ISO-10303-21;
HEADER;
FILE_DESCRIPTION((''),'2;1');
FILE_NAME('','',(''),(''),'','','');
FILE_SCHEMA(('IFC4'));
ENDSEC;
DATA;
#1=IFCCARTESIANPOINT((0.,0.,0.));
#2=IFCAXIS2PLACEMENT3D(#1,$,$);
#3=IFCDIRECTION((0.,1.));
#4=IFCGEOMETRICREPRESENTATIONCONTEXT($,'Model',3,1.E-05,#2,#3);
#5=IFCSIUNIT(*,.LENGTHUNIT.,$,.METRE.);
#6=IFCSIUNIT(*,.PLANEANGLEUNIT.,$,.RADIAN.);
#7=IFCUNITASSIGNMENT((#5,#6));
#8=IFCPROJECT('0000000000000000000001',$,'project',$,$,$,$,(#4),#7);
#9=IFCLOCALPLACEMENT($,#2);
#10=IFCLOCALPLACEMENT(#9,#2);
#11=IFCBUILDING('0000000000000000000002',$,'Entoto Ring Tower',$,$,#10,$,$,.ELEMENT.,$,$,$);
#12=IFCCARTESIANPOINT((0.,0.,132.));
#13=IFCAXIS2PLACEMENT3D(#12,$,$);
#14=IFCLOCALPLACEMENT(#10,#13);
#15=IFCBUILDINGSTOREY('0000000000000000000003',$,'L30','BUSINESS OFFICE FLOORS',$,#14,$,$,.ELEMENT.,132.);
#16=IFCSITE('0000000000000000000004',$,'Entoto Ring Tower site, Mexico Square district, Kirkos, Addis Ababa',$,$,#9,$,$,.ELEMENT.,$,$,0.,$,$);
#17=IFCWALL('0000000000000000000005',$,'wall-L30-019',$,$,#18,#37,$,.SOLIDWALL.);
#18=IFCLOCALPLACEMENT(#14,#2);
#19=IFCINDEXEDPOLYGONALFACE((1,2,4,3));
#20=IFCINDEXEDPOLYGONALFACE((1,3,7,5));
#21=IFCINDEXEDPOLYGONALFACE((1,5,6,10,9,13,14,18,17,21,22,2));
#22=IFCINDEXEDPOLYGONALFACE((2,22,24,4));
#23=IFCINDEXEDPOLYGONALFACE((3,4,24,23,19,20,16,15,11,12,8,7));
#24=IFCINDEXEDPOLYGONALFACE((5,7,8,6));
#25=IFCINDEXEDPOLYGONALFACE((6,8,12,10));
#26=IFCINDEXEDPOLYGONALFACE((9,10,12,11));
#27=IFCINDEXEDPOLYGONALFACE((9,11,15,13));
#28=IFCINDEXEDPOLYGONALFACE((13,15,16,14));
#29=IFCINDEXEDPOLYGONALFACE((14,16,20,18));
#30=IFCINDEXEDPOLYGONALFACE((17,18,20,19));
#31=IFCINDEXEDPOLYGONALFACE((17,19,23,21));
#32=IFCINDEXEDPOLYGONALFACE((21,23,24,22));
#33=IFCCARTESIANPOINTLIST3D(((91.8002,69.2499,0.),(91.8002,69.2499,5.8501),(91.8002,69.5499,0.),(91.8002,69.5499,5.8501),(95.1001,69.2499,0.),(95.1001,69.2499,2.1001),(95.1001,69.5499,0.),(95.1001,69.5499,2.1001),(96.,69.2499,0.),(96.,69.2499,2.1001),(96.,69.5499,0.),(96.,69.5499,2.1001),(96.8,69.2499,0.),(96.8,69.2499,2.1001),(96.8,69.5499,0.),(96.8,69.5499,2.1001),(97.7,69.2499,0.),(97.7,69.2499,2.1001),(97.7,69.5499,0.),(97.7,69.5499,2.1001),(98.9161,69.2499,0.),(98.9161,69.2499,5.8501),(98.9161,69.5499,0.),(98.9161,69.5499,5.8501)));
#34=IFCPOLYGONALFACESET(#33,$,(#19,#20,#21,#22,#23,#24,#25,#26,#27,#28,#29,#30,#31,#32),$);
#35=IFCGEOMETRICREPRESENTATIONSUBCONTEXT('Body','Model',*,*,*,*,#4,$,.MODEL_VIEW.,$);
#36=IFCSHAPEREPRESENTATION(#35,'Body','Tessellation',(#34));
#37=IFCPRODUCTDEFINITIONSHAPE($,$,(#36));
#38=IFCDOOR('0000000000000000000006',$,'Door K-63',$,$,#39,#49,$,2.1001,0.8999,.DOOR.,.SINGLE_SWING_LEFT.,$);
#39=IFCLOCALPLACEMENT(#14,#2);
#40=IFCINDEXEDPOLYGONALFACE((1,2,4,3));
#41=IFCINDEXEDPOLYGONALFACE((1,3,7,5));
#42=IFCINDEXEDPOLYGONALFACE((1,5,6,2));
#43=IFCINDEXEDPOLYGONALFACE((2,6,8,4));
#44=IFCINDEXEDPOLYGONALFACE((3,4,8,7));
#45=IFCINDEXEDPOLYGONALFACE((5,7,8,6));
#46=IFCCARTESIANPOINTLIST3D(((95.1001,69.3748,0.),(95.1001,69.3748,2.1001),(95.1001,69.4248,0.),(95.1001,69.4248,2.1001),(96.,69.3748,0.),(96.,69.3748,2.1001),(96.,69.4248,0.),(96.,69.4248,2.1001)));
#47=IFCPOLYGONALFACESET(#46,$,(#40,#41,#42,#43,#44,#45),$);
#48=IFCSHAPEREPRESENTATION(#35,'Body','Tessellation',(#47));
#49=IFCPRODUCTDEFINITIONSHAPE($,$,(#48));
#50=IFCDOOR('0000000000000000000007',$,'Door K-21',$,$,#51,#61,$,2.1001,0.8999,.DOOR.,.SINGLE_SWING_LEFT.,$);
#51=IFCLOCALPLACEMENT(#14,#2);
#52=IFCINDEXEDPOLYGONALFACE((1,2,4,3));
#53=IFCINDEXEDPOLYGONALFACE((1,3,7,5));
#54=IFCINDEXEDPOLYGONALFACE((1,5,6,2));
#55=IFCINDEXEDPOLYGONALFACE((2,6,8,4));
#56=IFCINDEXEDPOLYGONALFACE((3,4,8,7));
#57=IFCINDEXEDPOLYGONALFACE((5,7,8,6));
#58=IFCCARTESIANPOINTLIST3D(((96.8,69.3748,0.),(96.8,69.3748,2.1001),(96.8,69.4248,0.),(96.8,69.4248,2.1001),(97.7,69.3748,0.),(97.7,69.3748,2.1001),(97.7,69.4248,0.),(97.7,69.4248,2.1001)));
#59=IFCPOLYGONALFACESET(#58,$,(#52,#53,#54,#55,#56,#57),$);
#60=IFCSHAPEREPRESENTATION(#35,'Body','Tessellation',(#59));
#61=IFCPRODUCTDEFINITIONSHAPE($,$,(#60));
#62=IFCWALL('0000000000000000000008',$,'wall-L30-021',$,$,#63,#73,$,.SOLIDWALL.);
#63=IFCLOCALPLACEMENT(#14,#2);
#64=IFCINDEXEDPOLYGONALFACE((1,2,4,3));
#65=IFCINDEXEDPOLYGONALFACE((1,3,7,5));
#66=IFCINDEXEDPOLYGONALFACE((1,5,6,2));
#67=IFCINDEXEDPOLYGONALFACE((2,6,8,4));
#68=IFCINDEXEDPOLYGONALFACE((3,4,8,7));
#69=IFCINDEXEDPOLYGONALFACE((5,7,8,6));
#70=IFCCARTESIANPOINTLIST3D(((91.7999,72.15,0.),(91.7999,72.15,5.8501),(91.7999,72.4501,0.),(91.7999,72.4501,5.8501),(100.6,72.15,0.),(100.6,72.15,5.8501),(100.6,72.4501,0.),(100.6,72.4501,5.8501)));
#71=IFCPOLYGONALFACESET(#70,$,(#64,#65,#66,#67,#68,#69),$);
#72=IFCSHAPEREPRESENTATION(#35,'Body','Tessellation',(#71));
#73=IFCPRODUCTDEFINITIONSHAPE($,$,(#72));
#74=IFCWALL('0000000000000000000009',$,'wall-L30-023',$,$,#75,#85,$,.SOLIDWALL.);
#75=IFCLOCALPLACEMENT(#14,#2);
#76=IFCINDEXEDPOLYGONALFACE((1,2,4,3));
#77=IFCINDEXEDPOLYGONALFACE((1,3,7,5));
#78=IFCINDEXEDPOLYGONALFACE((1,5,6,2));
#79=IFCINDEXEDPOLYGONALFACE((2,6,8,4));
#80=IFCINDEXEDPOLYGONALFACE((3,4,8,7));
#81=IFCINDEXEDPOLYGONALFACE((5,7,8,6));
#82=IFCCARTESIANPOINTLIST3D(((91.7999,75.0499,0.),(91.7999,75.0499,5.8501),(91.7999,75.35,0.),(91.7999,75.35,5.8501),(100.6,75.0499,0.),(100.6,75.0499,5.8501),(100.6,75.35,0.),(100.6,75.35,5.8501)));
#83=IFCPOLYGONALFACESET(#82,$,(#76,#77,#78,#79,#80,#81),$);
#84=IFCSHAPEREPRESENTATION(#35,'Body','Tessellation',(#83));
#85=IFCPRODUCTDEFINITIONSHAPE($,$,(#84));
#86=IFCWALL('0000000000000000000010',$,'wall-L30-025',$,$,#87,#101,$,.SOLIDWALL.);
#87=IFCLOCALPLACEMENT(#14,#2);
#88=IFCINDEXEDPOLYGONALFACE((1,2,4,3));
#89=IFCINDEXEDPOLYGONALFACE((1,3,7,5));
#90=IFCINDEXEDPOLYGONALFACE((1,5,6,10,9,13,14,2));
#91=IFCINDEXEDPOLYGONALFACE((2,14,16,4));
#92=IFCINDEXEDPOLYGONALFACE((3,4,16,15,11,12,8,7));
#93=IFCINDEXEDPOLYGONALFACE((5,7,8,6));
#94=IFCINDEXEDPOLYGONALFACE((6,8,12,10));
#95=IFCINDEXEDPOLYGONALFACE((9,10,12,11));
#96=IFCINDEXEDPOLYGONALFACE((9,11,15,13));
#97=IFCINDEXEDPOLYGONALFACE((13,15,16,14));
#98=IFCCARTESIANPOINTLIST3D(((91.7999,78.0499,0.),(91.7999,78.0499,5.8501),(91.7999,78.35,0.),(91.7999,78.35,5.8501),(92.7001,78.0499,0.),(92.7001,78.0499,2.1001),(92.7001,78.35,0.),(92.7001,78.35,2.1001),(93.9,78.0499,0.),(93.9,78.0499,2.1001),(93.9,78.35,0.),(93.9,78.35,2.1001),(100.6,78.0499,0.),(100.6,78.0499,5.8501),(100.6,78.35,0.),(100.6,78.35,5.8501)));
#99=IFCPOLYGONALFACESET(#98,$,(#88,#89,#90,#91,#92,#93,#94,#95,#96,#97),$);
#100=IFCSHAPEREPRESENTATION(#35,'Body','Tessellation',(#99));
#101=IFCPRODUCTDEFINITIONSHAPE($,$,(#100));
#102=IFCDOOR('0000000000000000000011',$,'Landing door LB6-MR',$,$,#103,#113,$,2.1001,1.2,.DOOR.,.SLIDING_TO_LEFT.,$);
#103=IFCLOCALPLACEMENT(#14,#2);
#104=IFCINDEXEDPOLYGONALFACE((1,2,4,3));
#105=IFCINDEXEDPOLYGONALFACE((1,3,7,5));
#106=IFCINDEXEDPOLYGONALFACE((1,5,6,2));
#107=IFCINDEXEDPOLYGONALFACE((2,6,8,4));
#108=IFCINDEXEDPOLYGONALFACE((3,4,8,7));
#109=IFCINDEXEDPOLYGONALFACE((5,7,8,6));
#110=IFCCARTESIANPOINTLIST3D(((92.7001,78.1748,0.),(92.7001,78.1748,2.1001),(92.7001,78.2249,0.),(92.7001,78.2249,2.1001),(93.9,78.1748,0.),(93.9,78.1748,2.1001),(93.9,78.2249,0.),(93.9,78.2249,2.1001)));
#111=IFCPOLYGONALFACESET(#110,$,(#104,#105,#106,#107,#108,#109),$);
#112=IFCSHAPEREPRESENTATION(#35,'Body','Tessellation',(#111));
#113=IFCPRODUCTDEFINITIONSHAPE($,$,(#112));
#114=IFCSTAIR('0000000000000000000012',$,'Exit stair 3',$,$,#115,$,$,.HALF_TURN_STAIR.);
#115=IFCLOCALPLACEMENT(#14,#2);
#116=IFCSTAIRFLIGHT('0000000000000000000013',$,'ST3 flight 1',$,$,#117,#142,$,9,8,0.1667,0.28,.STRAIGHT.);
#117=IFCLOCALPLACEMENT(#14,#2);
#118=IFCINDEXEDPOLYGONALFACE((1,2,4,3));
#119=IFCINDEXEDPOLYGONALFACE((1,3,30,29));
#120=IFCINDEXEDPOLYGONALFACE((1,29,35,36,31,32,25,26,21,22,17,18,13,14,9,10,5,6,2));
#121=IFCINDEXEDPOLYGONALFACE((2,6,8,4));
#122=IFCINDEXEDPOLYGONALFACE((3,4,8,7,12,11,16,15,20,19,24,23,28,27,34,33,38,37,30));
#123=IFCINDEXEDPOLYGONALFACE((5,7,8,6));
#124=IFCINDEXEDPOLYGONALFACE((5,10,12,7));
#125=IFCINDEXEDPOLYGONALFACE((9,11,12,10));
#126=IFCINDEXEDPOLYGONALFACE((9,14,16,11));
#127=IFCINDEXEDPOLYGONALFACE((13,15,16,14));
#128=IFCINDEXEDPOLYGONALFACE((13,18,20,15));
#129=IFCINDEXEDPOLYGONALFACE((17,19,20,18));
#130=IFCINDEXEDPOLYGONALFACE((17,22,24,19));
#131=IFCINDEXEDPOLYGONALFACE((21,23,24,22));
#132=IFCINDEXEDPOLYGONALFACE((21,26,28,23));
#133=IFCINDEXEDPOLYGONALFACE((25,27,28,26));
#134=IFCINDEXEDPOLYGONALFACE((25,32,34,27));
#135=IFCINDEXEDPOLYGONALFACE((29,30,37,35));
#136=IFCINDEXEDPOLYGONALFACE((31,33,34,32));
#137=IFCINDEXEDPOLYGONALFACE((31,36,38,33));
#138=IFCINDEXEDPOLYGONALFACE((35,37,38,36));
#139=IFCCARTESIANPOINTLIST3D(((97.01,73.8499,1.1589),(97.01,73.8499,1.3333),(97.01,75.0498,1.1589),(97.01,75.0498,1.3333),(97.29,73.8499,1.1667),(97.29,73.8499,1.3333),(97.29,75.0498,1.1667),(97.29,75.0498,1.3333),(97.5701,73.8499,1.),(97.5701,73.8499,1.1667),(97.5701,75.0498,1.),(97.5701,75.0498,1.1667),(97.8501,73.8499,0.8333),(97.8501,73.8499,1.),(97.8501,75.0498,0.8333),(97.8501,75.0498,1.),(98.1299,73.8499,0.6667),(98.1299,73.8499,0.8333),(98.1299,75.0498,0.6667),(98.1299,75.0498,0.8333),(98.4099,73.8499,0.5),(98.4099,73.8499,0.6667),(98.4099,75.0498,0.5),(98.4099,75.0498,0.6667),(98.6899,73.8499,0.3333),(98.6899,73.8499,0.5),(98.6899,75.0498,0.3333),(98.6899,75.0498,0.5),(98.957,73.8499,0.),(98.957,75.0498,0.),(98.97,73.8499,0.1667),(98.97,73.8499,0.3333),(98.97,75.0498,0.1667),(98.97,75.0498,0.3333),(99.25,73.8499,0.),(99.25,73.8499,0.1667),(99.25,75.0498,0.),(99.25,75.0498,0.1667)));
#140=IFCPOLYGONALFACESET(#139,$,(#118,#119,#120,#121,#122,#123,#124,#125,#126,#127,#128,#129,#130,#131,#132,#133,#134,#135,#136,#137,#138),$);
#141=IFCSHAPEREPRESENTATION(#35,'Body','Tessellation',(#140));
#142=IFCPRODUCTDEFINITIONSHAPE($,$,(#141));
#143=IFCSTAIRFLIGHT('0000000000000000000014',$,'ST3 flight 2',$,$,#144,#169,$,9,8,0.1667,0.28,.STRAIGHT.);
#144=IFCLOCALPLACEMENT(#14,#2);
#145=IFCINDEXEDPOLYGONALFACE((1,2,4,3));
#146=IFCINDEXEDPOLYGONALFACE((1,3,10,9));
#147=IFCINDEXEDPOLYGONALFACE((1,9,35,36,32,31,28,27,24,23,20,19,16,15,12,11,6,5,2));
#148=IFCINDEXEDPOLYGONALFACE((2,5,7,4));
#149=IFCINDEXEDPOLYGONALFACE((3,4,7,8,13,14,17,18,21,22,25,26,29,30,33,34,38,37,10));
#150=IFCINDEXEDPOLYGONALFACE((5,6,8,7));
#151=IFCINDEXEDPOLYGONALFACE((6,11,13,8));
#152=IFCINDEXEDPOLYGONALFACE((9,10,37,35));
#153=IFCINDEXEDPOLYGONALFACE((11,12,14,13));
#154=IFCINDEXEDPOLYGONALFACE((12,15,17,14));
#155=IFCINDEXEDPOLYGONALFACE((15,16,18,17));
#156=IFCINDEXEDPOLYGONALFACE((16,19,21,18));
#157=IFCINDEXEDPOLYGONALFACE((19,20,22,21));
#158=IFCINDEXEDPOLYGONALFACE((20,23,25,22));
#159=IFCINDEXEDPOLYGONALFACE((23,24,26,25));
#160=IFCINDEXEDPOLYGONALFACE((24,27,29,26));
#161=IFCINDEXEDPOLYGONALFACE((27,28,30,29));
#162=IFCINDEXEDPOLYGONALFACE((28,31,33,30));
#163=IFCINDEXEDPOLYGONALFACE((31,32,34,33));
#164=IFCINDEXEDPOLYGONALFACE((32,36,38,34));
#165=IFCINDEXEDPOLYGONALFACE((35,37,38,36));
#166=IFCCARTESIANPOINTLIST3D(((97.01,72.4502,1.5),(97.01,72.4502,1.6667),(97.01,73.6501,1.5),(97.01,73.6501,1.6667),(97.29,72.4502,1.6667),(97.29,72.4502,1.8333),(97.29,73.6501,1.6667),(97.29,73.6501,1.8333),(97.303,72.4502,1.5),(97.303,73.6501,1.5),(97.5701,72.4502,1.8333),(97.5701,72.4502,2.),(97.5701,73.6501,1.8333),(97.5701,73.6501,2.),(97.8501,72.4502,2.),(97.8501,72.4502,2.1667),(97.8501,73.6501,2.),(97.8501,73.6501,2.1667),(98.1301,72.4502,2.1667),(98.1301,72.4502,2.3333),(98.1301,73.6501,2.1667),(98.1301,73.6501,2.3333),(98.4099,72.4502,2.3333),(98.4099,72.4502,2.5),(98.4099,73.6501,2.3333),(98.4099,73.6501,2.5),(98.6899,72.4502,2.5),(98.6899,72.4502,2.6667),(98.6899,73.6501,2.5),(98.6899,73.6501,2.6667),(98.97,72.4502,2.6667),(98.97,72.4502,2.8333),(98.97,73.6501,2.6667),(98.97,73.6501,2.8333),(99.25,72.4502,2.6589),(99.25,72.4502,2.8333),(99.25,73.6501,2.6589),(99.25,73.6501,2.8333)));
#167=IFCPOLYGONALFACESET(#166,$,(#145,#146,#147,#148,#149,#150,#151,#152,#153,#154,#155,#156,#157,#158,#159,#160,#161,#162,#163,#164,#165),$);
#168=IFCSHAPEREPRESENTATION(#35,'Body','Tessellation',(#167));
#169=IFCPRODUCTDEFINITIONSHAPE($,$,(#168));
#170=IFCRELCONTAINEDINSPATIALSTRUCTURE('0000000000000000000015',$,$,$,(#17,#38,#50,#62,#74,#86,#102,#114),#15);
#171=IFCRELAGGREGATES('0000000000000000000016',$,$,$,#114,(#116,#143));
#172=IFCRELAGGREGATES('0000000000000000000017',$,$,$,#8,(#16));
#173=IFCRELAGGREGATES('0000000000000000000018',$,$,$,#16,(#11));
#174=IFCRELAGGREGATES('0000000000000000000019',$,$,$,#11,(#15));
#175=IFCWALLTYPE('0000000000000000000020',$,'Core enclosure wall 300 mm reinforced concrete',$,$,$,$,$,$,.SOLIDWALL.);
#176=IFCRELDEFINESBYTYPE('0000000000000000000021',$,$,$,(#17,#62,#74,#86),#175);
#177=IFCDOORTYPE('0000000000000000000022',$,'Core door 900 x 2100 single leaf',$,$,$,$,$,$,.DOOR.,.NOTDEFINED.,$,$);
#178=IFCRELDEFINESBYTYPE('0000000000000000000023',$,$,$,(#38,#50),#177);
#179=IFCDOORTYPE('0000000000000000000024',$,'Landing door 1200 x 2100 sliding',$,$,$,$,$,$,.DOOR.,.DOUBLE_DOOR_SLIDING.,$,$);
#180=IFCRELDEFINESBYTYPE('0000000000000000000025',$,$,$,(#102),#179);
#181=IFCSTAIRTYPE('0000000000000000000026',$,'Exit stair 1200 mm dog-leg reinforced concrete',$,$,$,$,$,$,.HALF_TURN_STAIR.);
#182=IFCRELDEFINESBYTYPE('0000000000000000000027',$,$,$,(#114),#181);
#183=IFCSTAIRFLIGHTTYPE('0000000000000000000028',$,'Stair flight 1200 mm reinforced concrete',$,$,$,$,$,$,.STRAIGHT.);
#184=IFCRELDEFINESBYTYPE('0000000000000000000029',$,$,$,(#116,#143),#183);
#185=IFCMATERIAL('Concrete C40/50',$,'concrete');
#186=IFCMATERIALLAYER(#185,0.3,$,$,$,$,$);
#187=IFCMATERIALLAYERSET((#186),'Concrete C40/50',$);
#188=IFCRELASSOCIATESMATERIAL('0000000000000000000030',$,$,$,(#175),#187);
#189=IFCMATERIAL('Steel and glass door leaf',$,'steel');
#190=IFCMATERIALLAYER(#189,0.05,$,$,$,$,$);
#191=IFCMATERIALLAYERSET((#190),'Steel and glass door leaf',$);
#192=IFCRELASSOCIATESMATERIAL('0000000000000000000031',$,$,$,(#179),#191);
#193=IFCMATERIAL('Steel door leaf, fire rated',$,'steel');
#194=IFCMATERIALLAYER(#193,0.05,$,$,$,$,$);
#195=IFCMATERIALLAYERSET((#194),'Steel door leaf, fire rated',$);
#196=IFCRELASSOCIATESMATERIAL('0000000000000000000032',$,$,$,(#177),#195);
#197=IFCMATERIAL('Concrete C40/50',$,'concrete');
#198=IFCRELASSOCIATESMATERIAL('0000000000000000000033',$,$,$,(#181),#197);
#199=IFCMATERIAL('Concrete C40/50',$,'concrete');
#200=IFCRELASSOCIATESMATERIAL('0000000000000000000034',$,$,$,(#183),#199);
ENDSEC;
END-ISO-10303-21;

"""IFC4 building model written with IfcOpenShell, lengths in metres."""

from ifc_helpers import new_model, si_unit, direction, frame, frame_2d, origin, place, context, subcontext, project, spatial, polyline, rectangle, outline, extrude, material, layer, layer_set, type_object, element, fill, aggregate, save


model = new_model("IFC4")

# Units and contexts
model_context = context("Model", 3, precision=1e-05, world=origin(), true_north=direction((0.0, 1.0)))
body_context = subcontext(model_context, "Body", "Model", "MODEL_VIEW")
ifc_project = project(units=[si_unit("LENGTHUNIT", "METRE"), si_unit("PLANEANGLEUNIT", "RADIAN")], contexts=[model_context])

# Site, building, storey
site_placement = place(None, origin())
site = spatial("IfcSite", under=ifc_project, at=site_placement, Name="Entoto Ring Tower site, Mexico Square district, Kirkos, Addis Ababa", CompositionType="ELEMENT", RefElevation=0.0)
building_placement = place(site_placement, origin())
building = spatial("IfcBuilding", under=site, at=building_placement, Name="Entoto Ring Tower", CompositionType="ELEMENT")
storey_placement = place(building_placement, frame((0.0, 0.0, 132.0)))
storey = spatial("IfcBuildingStorey", under=building, at=storey_placement, Name="L30", Description="BUSINESS OFFICE FLOORS", CompositionType="ELEMENT", Elevation=132.0)

# Shared definitions
ifc_material_1 = material(Name="Concrete C40/50", Category="concrete")
ifc_layer_1 = layer(ifc_material_1, 0.3)
ifc_layer_set_1 = layer_set([ifc_layer_1], Name="Concrete C40/50")
wall_type = type_object("IfcWallType", Name="Core enclosure wall 300 mm reinforced concrete", PredefinedType="SOLIDWALL", material=ifc_layer_set_1)

# Wall, openings, doors
ifc_material_2 = material(Name="Steel and glass door leaf", Category="steel")
ifc_layer_2 = layer(ifc_material_2, 0.05)
ifc_layer_set_2 = layer_set([ifc_layer_2], Name="Steel and glass door leaf")
door_type_1 = type_object("IfcDoorType", Name="Landing door 1200 x 2100 sliding", OperationType="DOUBLE_DOOR_SLIDING", PredefinedType="DOOR", material=ifc_layer_set_2)
wall_1_placement = place(storey_placement, frame((91.8, 69.3999, 0.0), z_axis=(0.0, 0.0, 1.0), x_axis=(1.0, 0.0, 0.0)))
wall_1 = element("IfcWall", 1, at=wall_1_placement, inside=storey, type_object=wall_type, Name="wall-L30-019", PredefinedType="SOLIDWALL", context=body_context, shape_type="SweptSolid", body=[
    extrude(rectangle(XDim=7.116, YDim=0.3, at=frame_2d((3.5581, 0.0))), origin(), (0.0, 0.0, 1.0), 5.8501),
])
opening_1_placement = place(wall_1_placement, frame((3.3, 0.0, 0.0)))
opening_1 = element("IfcOpeningElement", 2, at=opening_1_placement, cuts=wall_1, PredefinedType="OPENING", context=body_context, shape_type="SweptSolid", body=[
    extrude(rectangle(XDim=0.8999, YDim=2.1001, at=frame_2d((0.45, 1.05))), frame((0.0, 0.1602, 0.0), z_axis=(0.0, -1.0, 0.0), x_axis=(1.0, 0.0, 0.0)), (0.0, 0.0, 1.0), 0.3201),
])
opening_2_placement = place(wall_1_placement, frame((5.0, 0.0, 0.0)))
opening_2 = element("IfcOpeningElement", 3, at=opening_2_placement, cuts=wall_1, PredefinedType="OPENING", context=body_context, shape_type="SweptSolid", body=[
    extrude(rectangle(XDim=0.8999, YDim=2.1001, at=frame_2d((0.45, 1.05))), frame((0.0, 0.1602, 0.0), z_axis=(0.0, -1.0, 0.0), x_axis=(1.0, 0.0, 0.0)), (0.0, 0.0, 1.0), 0.3201),
])
ifc_material_3 = material(Name="Steel door leaf, fire rated", Category="steel")
ifc_layer_3 = layer(ifc_material_3, 0.05)
ifc_layer_set_3 = layer_set([ifc_layer_3], Name="Steel door leaf, fire rated")
door_type_2 = type_object("IfcDoorType", Name="Core door 900 x 2100 single leaf", OperationType="NOTDEFINED", PredefinedType="DOOR", material=ifc_layer_set_3)
door_1_placement = place(opening_1_placement, origin())
door_1 = element("IfcDoor", 4, at=door_1_placement, inside=storey, type_object=door_type_2, Name="Door K-63", OperationType="SINGLE_SWING_LEFT", OverallHeight=2.1001, OverallWidth=0.8999, PredefinedType="DOOR", context=body_context, shape_type="SweptSolid", body=[
    extrude(rectangle(XDim=0.8999, YDim=2.1001, at=frame_2d((0.45, 1.05))), frame((0.0, 0.0249, 0.0), z_axis=(0.0, -1.0, 0.0), x_axis=(1.0, 0.0, 0.0)), (0.0, 0.0, 1.0), 0.05),
])
fill(opening_1, door_1)
door_2_placement = place(opening_2_placement, origin())
door_2 = element("IfcDoor", 5, at=door_2_placement, inside=storey, type_object=door_type_2, Name="Door K-21", OperationType="SINGLE_SWING_LEFT", OverallHeight=2.1001, OverallWidth=0.8999, PredefinedType="DOOR", context=body_context, shape_type="SweptSolid", body=[
    extrude(rectangle(XDim=0.8999, YDim=2.1001, at=frame_2d((0.45, 1.05))), frame((0.0, 0.0249, 0.0), z_axis=(0.0, -1.0, 0.0), x_axis=(1.0, 0.0, 0.0)), (0.0, 0.0, 1.0), 0.05),
])
fill(opening_2, door_2)

# Walls
for number, where, z_axis, x_axis, name in (
    (6, (91.8, 72.3, 0.0), (0.0, 0.0, 1.0), (1.0, 0.0, 0.0), "wall-L30-021"),
    (7, (91.8, 75.2, 0.0), (0.0, 0.0, 1.0), (1.0, 0.0, 0.0), "wall-L30-023"),
):
    element("IfcWall", number, at=place(storey_placement, frame(where, z_axis=z_axis, x_axis=x_axis)), inside=storey, type_object=wall_type, Name=name, PredefinedType="SOLIDWALL", context=body_context, shape_type="SweptSolid", body=[
        extrude(rectangle(XDim=8.8, YDim=0.3, at=frame_2d((4.3999, 0.0))), origin(), (0.0, 0.0, 1.0), 5.8501),
    ])

# Wall, opening, door
wall_2_placement = place(storey_placement, frame((91.8, 78.2, 0.0), z_axis=(0.0, 0.0, 1.0), x_axis=(1.0, 0.0, 0.0)))
wall_2 = element("IfcWall", 8, at=wall_2_placement, inside=storey, type_object=wall_type, Name="wall-L30-025", PredefinedType="SOLIDWALL", context=body_context, shape_type="SweptSolid", body=[
    extrude(rectangle(XDim=8.8, YDim=0.3, at=frame_2d((4.3999, 0.0))), origin(), (0.0, 0.0, 1.0), 5.8501),
])
opening_3_placement = place(wall_2_placement, frame((0.8999, 0.0, 0.0)))
opening_3 = element("IfcOpeningElement", 9, at=opening_3_placement, cuts=wall_2, PredefinedType="OPENING", context=body_context, shape_type="SweptSolid", body=[
    extrude(rectangle(XDim=1.2, YDim=2.1001, at=frame_2d((0.6001, 1.05))), frame((0.0, 0.1602, 0.0), z_axis=(0.0, -1.0, 0.0), x_axis=(1.0, 0.0, 0.0)), (0.0, 0.0, 1.0), 0.3201),
])
door_3_placement = place(opening_3_placement, origin())
door_3 = element("IfcDoor", 10, at=door_3_placement, inside=storey, type_object=door_type_1, Name="Landing door LB6-MR", OperationType="SLIDING_TO_LEFT", OverallHeight=2.1001, OverallWidth=1.2, PredefinedType="DOOR", context=body_context, shape_type="SweptSolid", body=[
    extrude(rectangle(XDim=1.2, YDim=2.1001, at=frame_2d((0.6001, 1.05))), frame((0.0, 0.0249, 0.0), z_axis=(0.0, -1.0, 0.0), x_axis=(1.0, 0.0, 0.0)), (0.0, 0.0, 1.0), 0.05),
])
fill(opening_3, door_3)

# Stair, stair flights
ifc_material_4 = material(Name="Concrete C40/50", Category="concrete")
stair_type = type_object("IfcStairType", Name="Exit stair 1200 mm dog-leg reinforced concrete", PredefinedType="HALF_TURN_STAIR", material=ifc_material_4)
stair_placement = place(storey_placement, origin())
stair = element("IfcStair", 11, at=stair_placement, inside=storey, type_object=stair_type, Name="Exit stair 3", PredefinedType="HALF_TURN_STAIR")
ifc_material_5 = material(Name="Concrete C40/50", Category="concrete")
stair_flight_type = type_object("IfcStairFlightType", Name="Stair flight 1200 mm reinforced concrete", PredefinedType="STRAIGHT", material=ifc_material_5)
stair_flight_1_placement = place(storey_placement, frame((99.25, 74.45, 0.0), z_axis=(0.0, 0.0, 1.0), x_axis=(-1.0, 0.0, 0.0)))
stair_flight_1 = element("IfcStairFlight", 12, at=stair_flight_1_placement, type_object=stair_flight_type, Name="ST3 flight 1", NumberOfRisers=9, NumberOfTreads=8, PredefinedType="STRAIGHT", RiserHeight=0.1667, TreadLength=0.28, context=body_context, shape_type="SweptSolid", body=[
    extrude(outline(polyline([(0.0, 0.0), (0.0, 0.1667), (0.28, 0.1667), (0.28, 0.3333), (0.5601, 0.3333), (0.5601, 0.5), (0.8401, 0.5), (0.8401, 0.6667), (1.1201, 0.6667), (1.1201, 0.8333), (1.3999, 0.8333), (1.3999, 1.0), (1.6799, 1.0), (1.6799, 1.1667), (1.96, 1.1667), (1.96, 1.3333), (2.24, 1.3333), (2.24, 1.5), (2.24, 1.1589), (0.293, 0.0), (0.0, 0.0)])), frame((0.0, 0.6001, 0.0), z_axis=(0.0, -1.0, 0.0), x_axis=(1.0, 0.0, 0.0)), (0.0, 0.0, 1.0), 1.2),
])
stair_flight_2_placement = place(storey_placement, frame((97.01, 73.05, 1.5), z_axis=(0.0, 0.0, 1.0), x_axis=(1.0, 0.0, 0.0)))
stair_flight_2 = element("IfcStairFlight", 13, at=stair_flight_2_placement, type_object=stair_flight_type, Name="ST3 flight 2", NumberOfRisers=9, NumberOfTreads=8, PredefinedType="STRAIGHT", RiserHeight=0.1667, TreadLength=0.28, context=body_context, shape_type="SweptSolid", body=[
    extrude(outline(polyline([(0.0, 0.0), (0.0, 0.1667), (0.28, 0.1667), (0.28, 0.3333), (0.5601, 0.3333), (0.5601, 0.5), (0.8401, 0.5), (0.8401, 0.6667), (1.1201, 0.6667), (1.1201, 0.8333), (1.3999, 0.8333), (1.3999, 1.0), (1.6799, 1.0), (1.6799, 1.1667), (1.96, 1.1667), (1.96, 1.3333), (2.24, 1.3333), (2.24, 1.5), (2.24, 1.1589), (0.293, 0.0), (0.0, 0.0)])), frame((0.0, 0.6001, 0.0), z_axis=(0.0, -1.0, 0.0), x_axis=(1.0, 0.0, 0.0)), (0.0, 0.0, 1.0), 1.2),
])
aggregate(stair, [stair_flight_1, stair_flight_2])

save(model, "model.ifc")
